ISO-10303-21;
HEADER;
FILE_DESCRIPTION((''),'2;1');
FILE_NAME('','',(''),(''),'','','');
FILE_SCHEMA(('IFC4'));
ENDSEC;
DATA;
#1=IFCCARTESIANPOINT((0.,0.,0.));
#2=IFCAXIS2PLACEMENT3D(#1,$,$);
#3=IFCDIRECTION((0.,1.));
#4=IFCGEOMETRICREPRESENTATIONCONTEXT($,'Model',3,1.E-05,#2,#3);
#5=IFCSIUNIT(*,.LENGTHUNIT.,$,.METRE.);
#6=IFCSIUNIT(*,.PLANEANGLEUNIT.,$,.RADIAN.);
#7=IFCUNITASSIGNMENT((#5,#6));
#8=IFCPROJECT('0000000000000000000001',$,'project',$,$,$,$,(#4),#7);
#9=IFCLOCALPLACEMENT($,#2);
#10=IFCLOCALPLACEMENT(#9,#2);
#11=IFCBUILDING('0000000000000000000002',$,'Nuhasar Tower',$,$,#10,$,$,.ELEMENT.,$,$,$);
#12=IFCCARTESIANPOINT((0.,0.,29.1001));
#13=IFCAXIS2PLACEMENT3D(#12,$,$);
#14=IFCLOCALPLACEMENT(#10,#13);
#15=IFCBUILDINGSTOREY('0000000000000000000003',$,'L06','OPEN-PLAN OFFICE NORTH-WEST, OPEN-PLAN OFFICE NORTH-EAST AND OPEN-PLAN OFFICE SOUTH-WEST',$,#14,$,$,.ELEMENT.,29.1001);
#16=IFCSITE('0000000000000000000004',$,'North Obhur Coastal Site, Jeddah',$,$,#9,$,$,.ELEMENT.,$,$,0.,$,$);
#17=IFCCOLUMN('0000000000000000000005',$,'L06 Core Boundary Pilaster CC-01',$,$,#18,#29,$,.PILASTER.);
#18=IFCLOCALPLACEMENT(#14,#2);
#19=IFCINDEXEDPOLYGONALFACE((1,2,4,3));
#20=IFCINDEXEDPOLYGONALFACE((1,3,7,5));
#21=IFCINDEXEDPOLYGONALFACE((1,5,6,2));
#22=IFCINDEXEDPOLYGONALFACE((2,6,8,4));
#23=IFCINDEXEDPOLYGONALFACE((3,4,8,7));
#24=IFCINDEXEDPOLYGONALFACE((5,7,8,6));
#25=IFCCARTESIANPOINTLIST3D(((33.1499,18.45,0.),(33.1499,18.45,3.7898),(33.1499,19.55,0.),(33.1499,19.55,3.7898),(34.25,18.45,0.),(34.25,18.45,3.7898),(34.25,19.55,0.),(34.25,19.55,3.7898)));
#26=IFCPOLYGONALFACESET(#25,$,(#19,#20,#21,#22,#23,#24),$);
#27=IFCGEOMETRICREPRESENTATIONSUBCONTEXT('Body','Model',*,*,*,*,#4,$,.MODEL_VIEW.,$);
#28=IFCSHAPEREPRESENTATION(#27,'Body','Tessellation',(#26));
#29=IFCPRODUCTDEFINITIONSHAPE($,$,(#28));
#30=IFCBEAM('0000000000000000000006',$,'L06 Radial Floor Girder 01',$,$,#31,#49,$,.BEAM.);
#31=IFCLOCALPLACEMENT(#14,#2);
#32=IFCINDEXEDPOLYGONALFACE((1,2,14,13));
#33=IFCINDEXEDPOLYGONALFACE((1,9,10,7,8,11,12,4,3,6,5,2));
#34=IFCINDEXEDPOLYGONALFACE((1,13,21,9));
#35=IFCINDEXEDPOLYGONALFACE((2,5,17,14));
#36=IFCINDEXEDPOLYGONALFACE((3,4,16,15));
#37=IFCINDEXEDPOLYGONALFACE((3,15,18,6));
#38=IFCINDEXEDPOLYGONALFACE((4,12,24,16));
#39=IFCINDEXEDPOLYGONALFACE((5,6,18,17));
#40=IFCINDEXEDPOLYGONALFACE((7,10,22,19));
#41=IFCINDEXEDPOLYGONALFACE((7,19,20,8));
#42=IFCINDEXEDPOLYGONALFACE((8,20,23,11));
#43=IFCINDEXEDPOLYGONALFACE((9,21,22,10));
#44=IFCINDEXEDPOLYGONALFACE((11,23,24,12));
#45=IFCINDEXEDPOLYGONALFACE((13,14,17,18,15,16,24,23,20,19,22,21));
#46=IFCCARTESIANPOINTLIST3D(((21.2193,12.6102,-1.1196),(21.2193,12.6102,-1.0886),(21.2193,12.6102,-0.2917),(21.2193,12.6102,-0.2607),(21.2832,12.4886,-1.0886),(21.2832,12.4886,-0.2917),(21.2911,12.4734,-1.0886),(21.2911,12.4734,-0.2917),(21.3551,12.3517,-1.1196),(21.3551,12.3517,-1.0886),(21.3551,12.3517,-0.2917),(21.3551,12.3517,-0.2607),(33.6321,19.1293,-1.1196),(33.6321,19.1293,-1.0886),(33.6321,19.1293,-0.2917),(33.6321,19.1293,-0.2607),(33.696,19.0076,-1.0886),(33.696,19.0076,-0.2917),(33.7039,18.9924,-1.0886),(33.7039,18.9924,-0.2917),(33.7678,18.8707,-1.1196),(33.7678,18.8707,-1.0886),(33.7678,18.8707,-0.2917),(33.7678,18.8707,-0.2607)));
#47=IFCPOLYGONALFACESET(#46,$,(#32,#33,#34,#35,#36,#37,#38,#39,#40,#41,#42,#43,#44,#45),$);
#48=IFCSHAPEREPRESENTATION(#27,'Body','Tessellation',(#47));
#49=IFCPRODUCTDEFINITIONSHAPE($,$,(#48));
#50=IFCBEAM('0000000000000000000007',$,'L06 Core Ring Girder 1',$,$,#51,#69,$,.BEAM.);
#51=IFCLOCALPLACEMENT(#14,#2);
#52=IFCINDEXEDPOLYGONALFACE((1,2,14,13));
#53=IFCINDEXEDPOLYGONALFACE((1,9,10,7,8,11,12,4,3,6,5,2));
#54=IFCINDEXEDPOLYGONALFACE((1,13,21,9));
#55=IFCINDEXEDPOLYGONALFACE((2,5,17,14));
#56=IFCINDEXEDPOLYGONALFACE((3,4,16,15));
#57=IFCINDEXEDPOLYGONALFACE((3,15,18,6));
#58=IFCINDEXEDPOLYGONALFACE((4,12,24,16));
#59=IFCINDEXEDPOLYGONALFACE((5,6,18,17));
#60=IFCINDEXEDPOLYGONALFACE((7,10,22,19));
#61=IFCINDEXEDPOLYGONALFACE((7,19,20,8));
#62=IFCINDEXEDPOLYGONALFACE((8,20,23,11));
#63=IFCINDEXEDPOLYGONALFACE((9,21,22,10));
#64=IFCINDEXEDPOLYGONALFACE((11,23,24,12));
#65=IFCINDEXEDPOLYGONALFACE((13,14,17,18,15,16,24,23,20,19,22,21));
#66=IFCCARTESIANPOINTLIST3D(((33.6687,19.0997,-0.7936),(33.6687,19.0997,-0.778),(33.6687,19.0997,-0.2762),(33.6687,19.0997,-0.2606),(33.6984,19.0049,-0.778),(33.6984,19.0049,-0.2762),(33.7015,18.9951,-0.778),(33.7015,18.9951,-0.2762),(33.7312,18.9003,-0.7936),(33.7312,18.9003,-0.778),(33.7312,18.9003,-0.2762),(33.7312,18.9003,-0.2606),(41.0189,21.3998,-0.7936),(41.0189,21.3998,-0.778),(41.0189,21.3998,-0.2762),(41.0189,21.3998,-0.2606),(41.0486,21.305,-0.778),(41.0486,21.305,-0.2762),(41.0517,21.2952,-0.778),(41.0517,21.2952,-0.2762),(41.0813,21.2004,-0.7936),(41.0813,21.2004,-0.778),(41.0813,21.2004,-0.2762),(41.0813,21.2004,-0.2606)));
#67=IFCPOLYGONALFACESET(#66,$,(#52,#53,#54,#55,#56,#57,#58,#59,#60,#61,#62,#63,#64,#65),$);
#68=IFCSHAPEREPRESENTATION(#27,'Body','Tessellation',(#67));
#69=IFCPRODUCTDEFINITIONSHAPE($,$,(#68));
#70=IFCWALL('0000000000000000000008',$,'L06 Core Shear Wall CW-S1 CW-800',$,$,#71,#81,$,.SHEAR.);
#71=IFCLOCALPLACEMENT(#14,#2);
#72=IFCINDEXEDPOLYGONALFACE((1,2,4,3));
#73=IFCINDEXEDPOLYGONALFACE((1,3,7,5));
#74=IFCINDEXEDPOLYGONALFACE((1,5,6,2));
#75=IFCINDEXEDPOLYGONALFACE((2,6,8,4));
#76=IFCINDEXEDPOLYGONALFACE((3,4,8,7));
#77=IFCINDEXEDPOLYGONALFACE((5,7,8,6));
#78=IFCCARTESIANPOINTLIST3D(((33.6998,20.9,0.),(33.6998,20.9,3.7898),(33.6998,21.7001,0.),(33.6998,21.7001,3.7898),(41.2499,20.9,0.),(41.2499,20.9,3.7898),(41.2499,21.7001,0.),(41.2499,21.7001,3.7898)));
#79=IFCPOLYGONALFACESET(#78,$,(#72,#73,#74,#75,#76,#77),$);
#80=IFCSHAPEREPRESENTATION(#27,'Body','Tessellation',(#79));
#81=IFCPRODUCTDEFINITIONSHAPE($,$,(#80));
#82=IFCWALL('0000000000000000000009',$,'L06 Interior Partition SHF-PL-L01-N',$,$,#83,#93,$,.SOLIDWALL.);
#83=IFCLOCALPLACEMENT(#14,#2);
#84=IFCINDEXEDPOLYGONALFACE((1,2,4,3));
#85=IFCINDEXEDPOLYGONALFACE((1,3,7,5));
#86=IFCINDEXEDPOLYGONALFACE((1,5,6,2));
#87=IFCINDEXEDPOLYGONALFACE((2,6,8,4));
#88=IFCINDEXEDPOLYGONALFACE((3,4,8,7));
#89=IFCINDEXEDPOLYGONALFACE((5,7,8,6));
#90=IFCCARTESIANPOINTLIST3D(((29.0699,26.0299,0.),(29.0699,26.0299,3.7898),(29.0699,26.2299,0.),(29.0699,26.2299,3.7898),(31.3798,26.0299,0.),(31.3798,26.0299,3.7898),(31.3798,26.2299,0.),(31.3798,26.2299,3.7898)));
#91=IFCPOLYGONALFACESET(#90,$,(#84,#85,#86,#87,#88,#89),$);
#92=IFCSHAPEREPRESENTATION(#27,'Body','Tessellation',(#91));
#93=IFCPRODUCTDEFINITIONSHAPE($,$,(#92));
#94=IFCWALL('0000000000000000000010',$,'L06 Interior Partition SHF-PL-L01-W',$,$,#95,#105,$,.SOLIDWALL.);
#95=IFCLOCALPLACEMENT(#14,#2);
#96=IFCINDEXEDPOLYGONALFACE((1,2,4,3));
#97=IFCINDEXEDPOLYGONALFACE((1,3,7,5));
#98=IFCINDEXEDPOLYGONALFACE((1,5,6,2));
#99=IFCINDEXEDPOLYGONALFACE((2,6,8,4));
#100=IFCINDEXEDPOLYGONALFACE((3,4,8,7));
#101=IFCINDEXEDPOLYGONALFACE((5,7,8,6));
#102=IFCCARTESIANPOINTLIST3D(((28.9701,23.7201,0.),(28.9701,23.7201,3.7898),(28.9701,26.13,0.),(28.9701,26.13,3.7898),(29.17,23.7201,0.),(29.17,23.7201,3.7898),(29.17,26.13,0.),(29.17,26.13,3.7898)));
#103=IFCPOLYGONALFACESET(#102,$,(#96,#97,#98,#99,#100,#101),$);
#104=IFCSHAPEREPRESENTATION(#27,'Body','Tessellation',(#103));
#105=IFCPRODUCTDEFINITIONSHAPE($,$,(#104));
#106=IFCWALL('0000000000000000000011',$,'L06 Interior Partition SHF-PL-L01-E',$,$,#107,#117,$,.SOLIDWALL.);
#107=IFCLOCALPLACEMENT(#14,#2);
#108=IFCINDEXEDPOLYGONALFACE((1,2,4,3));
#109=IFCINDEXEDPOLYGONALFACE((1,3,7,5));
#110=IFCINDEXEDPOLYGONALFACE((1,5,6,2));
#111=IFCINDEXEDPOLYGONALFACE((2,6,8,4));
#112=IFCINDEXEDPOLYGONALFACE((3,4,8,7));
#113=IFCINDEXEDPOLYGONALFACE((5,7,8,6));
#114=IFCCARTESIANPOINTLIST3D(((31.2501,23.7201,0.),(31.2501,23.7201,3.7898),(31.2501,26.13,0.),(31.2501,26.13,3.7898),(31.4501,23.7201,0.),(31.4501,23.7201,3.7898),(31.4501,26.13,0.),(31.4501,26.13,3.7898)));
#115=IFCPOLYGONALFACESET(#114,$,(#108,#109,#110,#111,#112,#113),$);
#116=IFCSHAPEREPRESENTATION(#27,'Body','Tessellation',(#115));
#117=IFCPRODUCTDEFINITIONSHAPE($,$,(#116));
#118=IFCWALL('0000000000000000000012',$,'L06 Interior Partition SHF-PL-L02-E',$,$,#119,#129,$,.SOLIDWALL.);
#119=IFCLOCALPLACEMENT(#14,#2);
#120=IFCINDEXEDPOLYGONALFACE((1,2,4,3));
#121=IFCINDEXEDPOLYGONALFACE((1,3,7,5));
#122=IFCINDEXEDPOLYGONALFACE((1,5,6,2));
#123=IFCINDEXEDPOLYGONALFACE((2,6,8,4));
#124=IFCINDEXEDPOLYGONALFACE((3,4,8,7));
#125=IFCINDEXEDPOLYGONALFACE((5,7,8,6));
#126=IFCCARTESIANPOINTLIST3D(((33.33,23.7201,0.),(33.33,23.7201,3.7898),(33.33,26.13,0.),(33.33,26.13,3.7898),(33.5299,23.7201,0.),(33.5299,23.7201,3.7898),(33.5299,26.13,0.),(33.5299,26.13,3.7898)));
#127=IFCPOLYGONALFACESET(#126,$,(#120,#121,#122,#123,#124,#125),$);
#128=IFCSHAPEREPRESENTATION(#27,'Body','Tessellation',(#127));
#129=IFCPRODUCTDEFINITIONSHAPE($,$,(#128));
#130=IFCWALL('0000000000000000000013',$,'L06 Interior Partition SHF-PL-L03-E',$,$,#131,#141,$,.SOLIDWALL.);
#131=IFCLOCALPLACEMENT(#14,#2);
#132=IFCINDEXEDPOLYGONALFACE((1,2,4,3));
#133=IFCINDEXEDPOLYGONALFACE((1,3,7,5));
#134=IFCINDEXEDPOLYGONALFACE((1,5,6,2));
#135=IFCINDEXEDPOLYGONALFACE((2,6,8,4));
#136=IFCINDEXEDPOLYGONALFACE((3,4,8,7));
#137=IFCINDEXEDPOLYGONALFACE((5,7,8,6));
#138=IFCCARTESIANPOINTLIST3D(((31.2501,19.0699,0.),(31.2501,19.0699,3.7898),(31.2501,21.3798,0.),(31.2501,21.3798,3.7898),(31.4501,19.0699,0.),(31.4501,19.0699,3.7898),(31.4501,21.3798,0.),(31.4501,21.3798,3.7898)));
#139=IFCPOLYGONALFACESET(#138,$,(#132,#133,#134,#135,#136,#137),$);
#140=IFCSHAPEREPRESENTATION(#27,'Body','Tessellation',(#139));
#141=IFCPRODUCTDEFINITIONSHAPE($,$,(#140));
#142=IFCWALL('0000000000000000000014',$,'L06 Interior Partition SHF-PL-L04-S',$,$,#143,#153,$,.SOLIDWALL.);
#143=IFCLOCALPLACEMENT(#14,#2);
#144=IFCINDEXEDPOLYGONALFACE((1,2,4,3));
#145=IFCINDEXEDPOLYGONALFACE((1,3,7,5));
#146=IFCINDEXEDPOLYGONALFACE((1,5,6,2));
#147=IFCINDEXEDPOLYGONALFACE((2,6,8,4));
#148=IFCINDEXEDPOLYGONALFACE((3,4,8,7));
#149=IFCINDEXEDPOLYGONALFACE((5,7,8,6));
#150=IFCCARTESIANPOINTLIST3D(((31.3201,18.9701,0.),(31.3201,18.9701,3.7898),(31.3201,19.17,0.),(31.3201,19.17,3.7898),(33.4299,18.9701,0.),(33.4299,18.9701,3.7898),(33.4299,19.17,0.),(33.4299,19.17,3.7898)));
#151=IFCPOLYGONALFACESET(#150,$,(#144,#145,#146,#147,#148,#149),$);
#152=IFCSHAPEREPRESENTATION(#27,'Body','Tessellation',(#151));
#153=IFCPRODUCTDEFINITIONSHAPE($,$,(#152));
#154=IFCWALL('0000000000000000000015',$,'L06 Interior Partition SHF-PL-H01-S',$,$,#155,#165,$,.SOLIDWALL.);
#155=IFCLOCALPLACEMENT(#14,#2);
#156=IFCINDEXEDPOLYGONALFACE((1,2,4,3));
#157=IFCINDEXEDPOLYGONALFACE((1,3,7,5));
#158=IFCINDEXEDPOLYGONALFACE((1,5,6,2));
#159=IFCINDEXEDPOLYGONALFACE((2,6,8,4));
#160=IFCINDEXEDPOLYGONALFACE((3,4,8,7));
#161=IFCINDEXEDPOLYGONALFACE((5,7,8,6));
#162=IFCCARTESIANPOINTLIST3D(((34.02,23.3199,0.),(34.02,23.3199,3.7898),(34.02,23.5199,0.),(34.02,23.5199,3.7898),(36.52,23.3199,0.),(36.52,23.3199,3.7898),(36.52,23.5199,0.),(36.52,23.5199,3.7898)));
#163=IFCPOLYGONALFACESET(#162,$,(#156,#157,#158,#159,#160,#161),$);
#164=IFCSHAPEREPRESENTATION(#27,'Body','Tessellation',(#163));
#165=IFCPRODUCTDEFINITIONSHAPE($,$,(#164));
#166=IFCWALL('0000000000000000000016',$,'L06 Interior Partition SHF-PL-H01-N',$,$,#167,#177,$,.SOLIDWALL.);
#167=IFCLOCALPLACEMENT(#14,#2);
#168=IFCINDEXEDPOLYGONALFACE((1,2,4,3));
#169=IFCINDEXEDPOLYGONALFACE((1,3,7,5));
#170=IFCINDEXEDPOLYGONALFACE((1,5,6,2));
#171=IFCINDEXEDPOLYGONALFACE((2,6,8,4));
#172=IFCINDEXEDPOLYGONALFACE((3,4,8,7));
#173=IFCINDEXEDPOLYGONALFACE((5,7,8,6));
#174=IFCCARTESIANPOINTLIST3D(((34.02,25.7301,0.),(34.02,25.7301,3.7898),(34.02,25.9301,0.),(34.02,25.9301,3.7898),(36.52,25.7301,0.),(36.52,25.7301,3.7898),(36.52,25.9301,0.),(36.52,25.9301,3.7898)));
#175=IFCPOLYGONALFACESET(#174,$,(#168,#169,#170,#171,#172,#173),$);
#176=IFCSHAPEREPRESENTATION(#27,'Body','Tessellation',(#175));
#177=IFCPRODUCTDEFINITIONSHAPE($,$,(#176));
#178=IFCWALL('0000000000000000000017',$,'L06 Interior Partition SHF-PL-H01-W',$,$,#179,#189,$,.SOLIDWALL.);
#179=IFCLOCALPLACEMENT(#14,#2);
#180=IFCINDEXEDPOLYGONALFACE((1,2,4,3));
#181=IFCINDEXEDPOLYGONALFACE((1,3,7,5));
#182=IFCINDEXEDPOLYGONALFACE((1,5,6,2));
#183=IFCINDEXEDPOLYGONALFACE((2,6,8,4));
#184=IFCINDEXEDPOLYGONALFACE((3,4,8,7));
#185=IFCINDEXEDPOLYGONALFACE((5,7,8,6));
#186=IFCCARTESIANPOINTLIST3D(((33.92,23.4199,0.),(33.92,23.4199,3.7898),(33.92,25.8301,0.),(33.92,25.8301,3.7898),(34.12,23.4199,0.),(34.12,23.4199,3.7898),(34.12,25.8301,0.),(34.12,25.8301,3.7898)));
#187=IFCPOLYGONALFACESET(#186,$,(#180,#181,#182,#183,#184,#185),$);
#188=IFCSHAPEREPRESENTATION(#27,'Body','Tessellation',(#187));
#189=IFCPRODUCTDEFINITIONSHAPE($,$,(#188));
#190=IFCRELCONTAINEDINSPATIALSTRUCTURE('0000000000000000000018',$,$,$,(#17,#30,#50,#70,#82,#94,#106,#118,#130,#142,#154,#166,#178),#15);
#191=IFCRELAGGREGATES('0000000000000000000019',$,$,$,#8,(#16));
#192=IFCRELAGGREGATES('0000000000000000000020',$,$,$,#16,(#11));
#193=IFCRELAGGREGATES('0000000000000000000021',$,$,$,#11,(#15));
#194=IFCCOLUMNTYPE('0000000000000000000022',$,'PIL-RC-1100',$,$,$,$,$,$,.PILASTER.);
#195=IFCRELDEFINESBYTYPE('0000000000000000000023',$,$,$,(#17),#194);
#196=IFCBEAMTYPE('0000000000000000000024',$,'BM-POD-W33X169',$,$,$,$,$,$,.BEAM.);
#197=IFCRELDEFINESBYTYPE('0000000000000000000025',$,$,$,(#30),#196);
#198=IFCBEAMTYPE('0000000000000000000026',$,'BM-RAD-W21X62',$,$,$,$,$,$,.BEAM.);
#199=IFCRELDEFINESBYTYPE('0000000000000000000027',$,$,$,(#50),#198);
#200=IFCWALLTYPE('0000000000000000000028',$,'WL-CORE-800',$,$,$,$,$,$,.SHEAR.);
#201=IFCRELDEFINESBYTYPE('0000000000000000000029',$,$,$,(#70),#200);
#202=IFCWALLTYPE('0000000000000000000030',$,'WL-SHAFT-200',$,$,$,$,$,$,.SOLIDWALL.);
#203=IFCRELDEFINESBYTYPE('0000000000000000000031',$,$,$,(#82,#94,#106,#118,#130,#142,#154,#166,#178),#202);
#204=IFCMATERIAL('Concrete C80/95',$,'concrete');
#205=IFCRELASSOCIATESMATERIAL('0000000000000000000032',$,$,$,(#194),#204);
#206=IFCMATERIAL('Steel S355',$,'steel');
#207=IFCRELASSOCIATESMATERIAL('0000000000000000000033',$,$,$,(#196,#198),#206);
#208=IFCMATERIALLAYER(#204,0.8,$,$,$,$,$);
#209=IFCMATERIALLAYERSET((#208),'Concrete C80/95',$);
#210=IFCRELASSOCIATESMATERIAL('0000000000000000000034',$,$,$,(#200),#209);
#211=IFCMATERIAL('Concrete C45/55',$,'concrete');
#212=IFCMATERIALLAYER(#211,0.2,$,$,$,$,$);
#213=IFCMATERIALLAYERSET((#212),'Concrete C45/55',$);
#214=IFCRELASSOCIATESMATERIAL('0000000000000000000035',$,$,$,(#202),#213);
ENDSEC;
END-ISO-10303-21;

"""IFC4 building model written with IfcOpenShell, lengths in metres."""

from ifc_helpers import new_model, si_unit, direction, frame, frame_2d, origin, origin_2d, place, context, subcontext, project, spatial, rectangle, i_section, extrude, material, layer, layer_set, material_profile, profile_set, type_object, element, save


model = new_model("IFC4")

# Units and contexts
model_context = context("Model", 3, precision=1e-05, world=origin(), true_north=direction((0.0, 1.0)))
body_context = subcontext(model_context, "Body", "Model", "MODEL_VIEW")
ifc_project = project(units=[si_unit("LENGTHUNIT", "METRE"), si_unit("PLANEANGLEUNIT", "RADIAN")], contexts=[model_context])

# Site, building, storey
site_placement = place(None, origin())
site = spatial("IfcSite", under=ifc_project, at=site_placement, Name="North Obhur Coastal Site, Jeddah", CompositionType="ELEMENT", RefElevation=0.0)
building_placement = place(site_placement, origin())
building = spatial("IfcBuilding", under=site, at=building_placement, Name="Nuhasar Tower", CompositionType="ELEMENT")
storey_placement = place(building_placement, frame((0.0, 0.0, 29.1001)))
storey = spatial("IfcBuildingStorey", under=building, at=storey_placement, Name="L06", Description="OPEN-PLAN OFFICE NORTH-WEST, OPEN-PLAN OFFICE NORTH-EAST AND OPEN-PLAN OFFICE SOUTH-WEST", CompositionType="ELEMENT", Elevation=29.1001)

# Column
ifc_material_1 = material(Name="Concrete C80/95", Category="concrete")
ifc_material_profile_1 = material_profile(ifc_material_1, rectangle(XDim=1.1001, YDim=1.1001, at=origin_2d()), Name="RC1100X1100")
ifc_profile_set_1 = profile_set([ifc_material_profile_1], Name="Concrete C80/95")
column_type = type_object("IfcColumnType", Name="PIL-RC-1100", PredefinedType="PILASTER", material=ifc_profile_set_1)
column_placement = place(storey_placement, frame((33.7, 19.0, 0.0), z_axis=(0.0, 0.0, 1.0), x_axis=(1.0, 0.0, 0.0)))
element("IfcColumn", 1, at=column_placement, inside=storey, type_object=column_type, Name="L06 Core Boundary Pilaster CC-01", PredefinedType="PILASTER", context=body_context, shape_type="SweptSolid", body=[
    extrude(rectangle(XDim=1.1001, YDim=1.1001, at=origin_2d()), origin(), (0.0, 0.0, 1.0), 3.7898),
])

# Beams
ifc_material_2 = material(Name="Steel S355", Category="steel")
ifc_material_profile_2 = material_profile(ifc_material_2, i_section(OverallWidth=0.292, OverallDepth=0.8589, WebThickness=0.0171, FlangeThickness=0.031, at=origin_2d()), Name="W33X169")
ifc_profile_set_2 = profile_set([ifc_material_profile_2], Name="Steel S355")
beam_type_1 = type_object("IfcBeamType", Name="BM-POD-W33X169", PredefinedType="BEAM", material=ifc_profile_set_2)
beam_1_placement = place(storey_placement, frame((33.7, 19.0, -0.6902), z_axis=(-0.88533, -0.464963, 0.0), x_axis=(0.464963, -0.88533, 0.0)))
element("IfcBeam", 2, at=beam_1_placement, inside=storey, type_object=beam_type_1, Name="L06 Radial Floor Girder 01", PredefinedType="BEAM", context=body_context, shape_type="SweptSolid", body=[
    extrude(i_section(OverallWidth=0.292, OverallDepth=0.8589, WebThickness=0.0171, FlangeThickness=0.031, at=origin_2d()), origin(), (0.0, 0.0, 1.0), 14.0205),
])
ifc_material_profile_3 = material_profile(ifc_material_2, i_section(OverallWidth=0.209, OverallDepth=0.533, WebThickness=0.0103, FlangeThickness=0.0156, at=origin_2d()), Name="W21X62")
ifc_profile_set_3 = profile_set([ifc_material_profile_3], Name="Steel S355")
beam_type_2 = type_object("IfcBeamType", Name="BM-RAD-W21X62", PredefinedType="BEAM", material=ifc_profile_set_3)
beam_2_placement = place(storey_placement, frame((33.7, 19.0, -0.5271), z_axis=(0.954364, 0.298647, 0.0), x_axis=(-0.298647, 0.954364, 0.0)))
element("IfcBeam", 3, at=beam_2_placement, inside=storey, type_object=beam_type_2, Name="L06 Core Ring Girder 1", PredefinedType="BEAM", context=body_context, shape_type="SweptSolid", body=[
    extrude(i_section(OverallWidth=0.209, OverallDepth=0.533, WebThickness=0.0103, FlangeThickness=0.0156, at=origin_2d()), origin(), (0.0, 0.0, 1.0), 7.7017),
])

# Wall
ifc_layer_1 = layer(ifc_material_1, 0.8)
ifc_layer_set_1 = layer_set([ifc_layer_1], Name="Concrete C80/95")
wall_type_1 = type_object("IfcWallType", Name="WL-CORE-800", PredefinedType="SHEAR", material=ifc_layer_set_1)
wall_1_placement = place(storey_placement, frame((33.7, 21.3, 0.0), z_axis=(0.0, 0.0, 1.0), x_axis=(1.0, 0.0, 0.0)))
element("IfcWall", 4, at=wall_1_placement, inside=storey, type_object=wall_type_1, Name="L06 Core Shear Wall CW-S1 CW-800", PredefinedType="SHEAR", context=body_context, shape_type="SweptSolid", body=[
    extrude(rectangle(XDim=7.55, YDim=0.8, at=frame_2d((3.7749, 0.0))), origin(), (0.0, 0.0, 1.0), 3.7898),
])

# Shared definitions
ifc_material_3 = material(Name="Concrete C45/55", Category="concrete")

# Walls
ifc_layer_2 = layer(ifc_material_3, 0.2)
ifc_layer_set_2 = layer_set([ifc_layer_2], Name="Concrete C45/55")
wall_type_2 = type_object("IfcWallType", Name="WL-SHAFT-200", PredefinedType="SOLIDWALL", material=ifc_layer_set_2)
wall_2_placement = place(storey_placement, frame((29.0701, 26.1299, 0.0), z_axis=(0.0, 0.0, 1.0), x_axis=(1.0, 0.0, 0.0)))
element("IfcWall", 5, at=wall_2_placement, inside=storey, type_object=wall_type_2, Name="L06 Interior Partition SHF-PL-L01-N", PredefinedType="SOLIDWALL", context=body_context, shape_type="SweptSolid", body=[
    extrude(rectangle(XDim=2.3098, YDim=0.2, at=frame_2d((1.1548, 0.0))), origin(), (0.0, 0.0, 1.0), 3.7898),
])
for number, where, z_axis, x_axis, name in (
    (6, (29.0701, 23.72, 0.0), (0.0, 0.0, 1.0), (0.0, 1.0, 0.0), "L06 Interior Partition SHF-PL-L01-W"),
    (7, (31.3501, 23.72, 0.0), (0.0, 0.0, 1.0), (0.0, 1.0, 0.0), "L06 Interior Partition SHF-PL-L01-E"),
):
    element("IfcWall", number, at=place(storey_placement, frame(where, z_axis=z_axis, x_axis=x_axis)), inside=storey, type_object=wall_type_2, Name=name, PredefinedType="SOLIDWALL", context=body_context, shape_type="SweptSolid", body=[
        extrude(rectangle(XDim=2.4099, YDim=0.2, at=frame_2d((1.2051, 0.0))), origin(), (0.0, 0.0, 1.0), 3.7898),
    ])

# Walls
wall_3_placement = place(storey_placement, frame((33.4299, 23.72, 0.0), z_axis=(0.0, 0.0, 1.0), x_axis=(0.0, 1.0, 0.0)))
element("IfcWall", 8, at=wall_3_placement, inside=storey, type_object=wall_type_2, Name="L06 Interior Partition SHF-PL-L02-E", PredefinedType="SOLIDWALL", context=body_context, shape_type="SweptSolid", body=[
    extrude(rectangle(XDim=2.4099, YDim=0.2, at=frame_2d((1.2051, 0.0))), origin(), (0.0, 0.0, 1.0), 3.7898),
])
wall_4_placement = place(storey_placement, frame((31.3501, 19.0701, 0.0), z_axis=(0.0, 0.0, 1.0), x_axis=(0.0, 1.0, 0.0)))
element("IfcWall", 9, at=wall_4_placement, inside=storey, type_object=wall_type_2, Name="L06 Interior Partition SHF-PL-L03-E", PredefinedType="SOLIDWALL", context=body_context, shape_type="SweptSolid", body=[
    extrude(rectangle(XDim=2.3098, YDim=0.2, at=frame_2d((1.1548, 0.0))), origin(), (0.0, 0.0, 1.0), 3.7898),
])
wall_5_placement = place(storey_placement, frame((31.3201, 19.0701, 0.0), z_axis=(0.0, 0.0, 1.0), x_axis=(1.0, 0.0, 0.0)))
element("IfcWall", 10, at=wall_5_placement, inside=storey, type_object=wall_type_2, Name="L06 Interior Partition SHF-PL-L04-S", PredefinedType="SOLIDWALL", context=body_context, shape_type="SweptSolid", body=[
    extrude(rectangle(XDim=2.1099, YDim=0.2, at=frame_2d((1.0549, 0.0))), origin(), (0.0, 0.0, 1.0), 3.7898),
])

# Walls
for number, where, z_axis, x_axis, name in (
    (11, (34.02, 23.4199, 0.0), (0.0, 0.0, 1.0), (1.0, 0.0, 0.0), "L06 Interior Partition SHF-PL-H01-S"),
    (12, (34.02, 25.8301, 0.0), (0.0, 0.0, 1.0), (1.0, 0.0, 0.0), "L06 Interior Partition SHF-PL-H01-N"),
):
    element("IfcWall", number, at=place(storey_placement, frame(where, z_axis=z_axis, x_axis=x_axis)), inside=storey, type_object=wall_type_2, Name=name, PredefinedType="SOLIDWALL", context=body_context, shape_type="SweptSolid", body=[
        extrude(rectangle(XDim=2.5, YDim=0.2, at=frame_2d((1.25, 0.0))), origin(), (0.0, 0.0, 1.0), 3.7898),
    ])
for number, where, z_axis, x_axis, name in (
    (13, (34.02, 23.4199, 0.0), (0.0, 0.0, 1.0), (0.0, 1.0, 0.0), "L06 Interior Partition SHF-PL-H01-W"),
):
    element("IfcWall", number, at=place(storey_placement, frame(where, z_axis=z_axis, x_axis=x_axis)), inside=storey, type_object=wall_type_2, Name=name, PredefinedType="SOLIDWALL", context=body_context, shape_type="SweptSolid", body=[
        extrude(rectangle(XDim=2.4102, YDim=0.2, at=frame_2d((1.2051, 0.0))), origin(), (0.0, 0.0, 1.0), 3.7898),
    ])

save(model, "model.ifc")
